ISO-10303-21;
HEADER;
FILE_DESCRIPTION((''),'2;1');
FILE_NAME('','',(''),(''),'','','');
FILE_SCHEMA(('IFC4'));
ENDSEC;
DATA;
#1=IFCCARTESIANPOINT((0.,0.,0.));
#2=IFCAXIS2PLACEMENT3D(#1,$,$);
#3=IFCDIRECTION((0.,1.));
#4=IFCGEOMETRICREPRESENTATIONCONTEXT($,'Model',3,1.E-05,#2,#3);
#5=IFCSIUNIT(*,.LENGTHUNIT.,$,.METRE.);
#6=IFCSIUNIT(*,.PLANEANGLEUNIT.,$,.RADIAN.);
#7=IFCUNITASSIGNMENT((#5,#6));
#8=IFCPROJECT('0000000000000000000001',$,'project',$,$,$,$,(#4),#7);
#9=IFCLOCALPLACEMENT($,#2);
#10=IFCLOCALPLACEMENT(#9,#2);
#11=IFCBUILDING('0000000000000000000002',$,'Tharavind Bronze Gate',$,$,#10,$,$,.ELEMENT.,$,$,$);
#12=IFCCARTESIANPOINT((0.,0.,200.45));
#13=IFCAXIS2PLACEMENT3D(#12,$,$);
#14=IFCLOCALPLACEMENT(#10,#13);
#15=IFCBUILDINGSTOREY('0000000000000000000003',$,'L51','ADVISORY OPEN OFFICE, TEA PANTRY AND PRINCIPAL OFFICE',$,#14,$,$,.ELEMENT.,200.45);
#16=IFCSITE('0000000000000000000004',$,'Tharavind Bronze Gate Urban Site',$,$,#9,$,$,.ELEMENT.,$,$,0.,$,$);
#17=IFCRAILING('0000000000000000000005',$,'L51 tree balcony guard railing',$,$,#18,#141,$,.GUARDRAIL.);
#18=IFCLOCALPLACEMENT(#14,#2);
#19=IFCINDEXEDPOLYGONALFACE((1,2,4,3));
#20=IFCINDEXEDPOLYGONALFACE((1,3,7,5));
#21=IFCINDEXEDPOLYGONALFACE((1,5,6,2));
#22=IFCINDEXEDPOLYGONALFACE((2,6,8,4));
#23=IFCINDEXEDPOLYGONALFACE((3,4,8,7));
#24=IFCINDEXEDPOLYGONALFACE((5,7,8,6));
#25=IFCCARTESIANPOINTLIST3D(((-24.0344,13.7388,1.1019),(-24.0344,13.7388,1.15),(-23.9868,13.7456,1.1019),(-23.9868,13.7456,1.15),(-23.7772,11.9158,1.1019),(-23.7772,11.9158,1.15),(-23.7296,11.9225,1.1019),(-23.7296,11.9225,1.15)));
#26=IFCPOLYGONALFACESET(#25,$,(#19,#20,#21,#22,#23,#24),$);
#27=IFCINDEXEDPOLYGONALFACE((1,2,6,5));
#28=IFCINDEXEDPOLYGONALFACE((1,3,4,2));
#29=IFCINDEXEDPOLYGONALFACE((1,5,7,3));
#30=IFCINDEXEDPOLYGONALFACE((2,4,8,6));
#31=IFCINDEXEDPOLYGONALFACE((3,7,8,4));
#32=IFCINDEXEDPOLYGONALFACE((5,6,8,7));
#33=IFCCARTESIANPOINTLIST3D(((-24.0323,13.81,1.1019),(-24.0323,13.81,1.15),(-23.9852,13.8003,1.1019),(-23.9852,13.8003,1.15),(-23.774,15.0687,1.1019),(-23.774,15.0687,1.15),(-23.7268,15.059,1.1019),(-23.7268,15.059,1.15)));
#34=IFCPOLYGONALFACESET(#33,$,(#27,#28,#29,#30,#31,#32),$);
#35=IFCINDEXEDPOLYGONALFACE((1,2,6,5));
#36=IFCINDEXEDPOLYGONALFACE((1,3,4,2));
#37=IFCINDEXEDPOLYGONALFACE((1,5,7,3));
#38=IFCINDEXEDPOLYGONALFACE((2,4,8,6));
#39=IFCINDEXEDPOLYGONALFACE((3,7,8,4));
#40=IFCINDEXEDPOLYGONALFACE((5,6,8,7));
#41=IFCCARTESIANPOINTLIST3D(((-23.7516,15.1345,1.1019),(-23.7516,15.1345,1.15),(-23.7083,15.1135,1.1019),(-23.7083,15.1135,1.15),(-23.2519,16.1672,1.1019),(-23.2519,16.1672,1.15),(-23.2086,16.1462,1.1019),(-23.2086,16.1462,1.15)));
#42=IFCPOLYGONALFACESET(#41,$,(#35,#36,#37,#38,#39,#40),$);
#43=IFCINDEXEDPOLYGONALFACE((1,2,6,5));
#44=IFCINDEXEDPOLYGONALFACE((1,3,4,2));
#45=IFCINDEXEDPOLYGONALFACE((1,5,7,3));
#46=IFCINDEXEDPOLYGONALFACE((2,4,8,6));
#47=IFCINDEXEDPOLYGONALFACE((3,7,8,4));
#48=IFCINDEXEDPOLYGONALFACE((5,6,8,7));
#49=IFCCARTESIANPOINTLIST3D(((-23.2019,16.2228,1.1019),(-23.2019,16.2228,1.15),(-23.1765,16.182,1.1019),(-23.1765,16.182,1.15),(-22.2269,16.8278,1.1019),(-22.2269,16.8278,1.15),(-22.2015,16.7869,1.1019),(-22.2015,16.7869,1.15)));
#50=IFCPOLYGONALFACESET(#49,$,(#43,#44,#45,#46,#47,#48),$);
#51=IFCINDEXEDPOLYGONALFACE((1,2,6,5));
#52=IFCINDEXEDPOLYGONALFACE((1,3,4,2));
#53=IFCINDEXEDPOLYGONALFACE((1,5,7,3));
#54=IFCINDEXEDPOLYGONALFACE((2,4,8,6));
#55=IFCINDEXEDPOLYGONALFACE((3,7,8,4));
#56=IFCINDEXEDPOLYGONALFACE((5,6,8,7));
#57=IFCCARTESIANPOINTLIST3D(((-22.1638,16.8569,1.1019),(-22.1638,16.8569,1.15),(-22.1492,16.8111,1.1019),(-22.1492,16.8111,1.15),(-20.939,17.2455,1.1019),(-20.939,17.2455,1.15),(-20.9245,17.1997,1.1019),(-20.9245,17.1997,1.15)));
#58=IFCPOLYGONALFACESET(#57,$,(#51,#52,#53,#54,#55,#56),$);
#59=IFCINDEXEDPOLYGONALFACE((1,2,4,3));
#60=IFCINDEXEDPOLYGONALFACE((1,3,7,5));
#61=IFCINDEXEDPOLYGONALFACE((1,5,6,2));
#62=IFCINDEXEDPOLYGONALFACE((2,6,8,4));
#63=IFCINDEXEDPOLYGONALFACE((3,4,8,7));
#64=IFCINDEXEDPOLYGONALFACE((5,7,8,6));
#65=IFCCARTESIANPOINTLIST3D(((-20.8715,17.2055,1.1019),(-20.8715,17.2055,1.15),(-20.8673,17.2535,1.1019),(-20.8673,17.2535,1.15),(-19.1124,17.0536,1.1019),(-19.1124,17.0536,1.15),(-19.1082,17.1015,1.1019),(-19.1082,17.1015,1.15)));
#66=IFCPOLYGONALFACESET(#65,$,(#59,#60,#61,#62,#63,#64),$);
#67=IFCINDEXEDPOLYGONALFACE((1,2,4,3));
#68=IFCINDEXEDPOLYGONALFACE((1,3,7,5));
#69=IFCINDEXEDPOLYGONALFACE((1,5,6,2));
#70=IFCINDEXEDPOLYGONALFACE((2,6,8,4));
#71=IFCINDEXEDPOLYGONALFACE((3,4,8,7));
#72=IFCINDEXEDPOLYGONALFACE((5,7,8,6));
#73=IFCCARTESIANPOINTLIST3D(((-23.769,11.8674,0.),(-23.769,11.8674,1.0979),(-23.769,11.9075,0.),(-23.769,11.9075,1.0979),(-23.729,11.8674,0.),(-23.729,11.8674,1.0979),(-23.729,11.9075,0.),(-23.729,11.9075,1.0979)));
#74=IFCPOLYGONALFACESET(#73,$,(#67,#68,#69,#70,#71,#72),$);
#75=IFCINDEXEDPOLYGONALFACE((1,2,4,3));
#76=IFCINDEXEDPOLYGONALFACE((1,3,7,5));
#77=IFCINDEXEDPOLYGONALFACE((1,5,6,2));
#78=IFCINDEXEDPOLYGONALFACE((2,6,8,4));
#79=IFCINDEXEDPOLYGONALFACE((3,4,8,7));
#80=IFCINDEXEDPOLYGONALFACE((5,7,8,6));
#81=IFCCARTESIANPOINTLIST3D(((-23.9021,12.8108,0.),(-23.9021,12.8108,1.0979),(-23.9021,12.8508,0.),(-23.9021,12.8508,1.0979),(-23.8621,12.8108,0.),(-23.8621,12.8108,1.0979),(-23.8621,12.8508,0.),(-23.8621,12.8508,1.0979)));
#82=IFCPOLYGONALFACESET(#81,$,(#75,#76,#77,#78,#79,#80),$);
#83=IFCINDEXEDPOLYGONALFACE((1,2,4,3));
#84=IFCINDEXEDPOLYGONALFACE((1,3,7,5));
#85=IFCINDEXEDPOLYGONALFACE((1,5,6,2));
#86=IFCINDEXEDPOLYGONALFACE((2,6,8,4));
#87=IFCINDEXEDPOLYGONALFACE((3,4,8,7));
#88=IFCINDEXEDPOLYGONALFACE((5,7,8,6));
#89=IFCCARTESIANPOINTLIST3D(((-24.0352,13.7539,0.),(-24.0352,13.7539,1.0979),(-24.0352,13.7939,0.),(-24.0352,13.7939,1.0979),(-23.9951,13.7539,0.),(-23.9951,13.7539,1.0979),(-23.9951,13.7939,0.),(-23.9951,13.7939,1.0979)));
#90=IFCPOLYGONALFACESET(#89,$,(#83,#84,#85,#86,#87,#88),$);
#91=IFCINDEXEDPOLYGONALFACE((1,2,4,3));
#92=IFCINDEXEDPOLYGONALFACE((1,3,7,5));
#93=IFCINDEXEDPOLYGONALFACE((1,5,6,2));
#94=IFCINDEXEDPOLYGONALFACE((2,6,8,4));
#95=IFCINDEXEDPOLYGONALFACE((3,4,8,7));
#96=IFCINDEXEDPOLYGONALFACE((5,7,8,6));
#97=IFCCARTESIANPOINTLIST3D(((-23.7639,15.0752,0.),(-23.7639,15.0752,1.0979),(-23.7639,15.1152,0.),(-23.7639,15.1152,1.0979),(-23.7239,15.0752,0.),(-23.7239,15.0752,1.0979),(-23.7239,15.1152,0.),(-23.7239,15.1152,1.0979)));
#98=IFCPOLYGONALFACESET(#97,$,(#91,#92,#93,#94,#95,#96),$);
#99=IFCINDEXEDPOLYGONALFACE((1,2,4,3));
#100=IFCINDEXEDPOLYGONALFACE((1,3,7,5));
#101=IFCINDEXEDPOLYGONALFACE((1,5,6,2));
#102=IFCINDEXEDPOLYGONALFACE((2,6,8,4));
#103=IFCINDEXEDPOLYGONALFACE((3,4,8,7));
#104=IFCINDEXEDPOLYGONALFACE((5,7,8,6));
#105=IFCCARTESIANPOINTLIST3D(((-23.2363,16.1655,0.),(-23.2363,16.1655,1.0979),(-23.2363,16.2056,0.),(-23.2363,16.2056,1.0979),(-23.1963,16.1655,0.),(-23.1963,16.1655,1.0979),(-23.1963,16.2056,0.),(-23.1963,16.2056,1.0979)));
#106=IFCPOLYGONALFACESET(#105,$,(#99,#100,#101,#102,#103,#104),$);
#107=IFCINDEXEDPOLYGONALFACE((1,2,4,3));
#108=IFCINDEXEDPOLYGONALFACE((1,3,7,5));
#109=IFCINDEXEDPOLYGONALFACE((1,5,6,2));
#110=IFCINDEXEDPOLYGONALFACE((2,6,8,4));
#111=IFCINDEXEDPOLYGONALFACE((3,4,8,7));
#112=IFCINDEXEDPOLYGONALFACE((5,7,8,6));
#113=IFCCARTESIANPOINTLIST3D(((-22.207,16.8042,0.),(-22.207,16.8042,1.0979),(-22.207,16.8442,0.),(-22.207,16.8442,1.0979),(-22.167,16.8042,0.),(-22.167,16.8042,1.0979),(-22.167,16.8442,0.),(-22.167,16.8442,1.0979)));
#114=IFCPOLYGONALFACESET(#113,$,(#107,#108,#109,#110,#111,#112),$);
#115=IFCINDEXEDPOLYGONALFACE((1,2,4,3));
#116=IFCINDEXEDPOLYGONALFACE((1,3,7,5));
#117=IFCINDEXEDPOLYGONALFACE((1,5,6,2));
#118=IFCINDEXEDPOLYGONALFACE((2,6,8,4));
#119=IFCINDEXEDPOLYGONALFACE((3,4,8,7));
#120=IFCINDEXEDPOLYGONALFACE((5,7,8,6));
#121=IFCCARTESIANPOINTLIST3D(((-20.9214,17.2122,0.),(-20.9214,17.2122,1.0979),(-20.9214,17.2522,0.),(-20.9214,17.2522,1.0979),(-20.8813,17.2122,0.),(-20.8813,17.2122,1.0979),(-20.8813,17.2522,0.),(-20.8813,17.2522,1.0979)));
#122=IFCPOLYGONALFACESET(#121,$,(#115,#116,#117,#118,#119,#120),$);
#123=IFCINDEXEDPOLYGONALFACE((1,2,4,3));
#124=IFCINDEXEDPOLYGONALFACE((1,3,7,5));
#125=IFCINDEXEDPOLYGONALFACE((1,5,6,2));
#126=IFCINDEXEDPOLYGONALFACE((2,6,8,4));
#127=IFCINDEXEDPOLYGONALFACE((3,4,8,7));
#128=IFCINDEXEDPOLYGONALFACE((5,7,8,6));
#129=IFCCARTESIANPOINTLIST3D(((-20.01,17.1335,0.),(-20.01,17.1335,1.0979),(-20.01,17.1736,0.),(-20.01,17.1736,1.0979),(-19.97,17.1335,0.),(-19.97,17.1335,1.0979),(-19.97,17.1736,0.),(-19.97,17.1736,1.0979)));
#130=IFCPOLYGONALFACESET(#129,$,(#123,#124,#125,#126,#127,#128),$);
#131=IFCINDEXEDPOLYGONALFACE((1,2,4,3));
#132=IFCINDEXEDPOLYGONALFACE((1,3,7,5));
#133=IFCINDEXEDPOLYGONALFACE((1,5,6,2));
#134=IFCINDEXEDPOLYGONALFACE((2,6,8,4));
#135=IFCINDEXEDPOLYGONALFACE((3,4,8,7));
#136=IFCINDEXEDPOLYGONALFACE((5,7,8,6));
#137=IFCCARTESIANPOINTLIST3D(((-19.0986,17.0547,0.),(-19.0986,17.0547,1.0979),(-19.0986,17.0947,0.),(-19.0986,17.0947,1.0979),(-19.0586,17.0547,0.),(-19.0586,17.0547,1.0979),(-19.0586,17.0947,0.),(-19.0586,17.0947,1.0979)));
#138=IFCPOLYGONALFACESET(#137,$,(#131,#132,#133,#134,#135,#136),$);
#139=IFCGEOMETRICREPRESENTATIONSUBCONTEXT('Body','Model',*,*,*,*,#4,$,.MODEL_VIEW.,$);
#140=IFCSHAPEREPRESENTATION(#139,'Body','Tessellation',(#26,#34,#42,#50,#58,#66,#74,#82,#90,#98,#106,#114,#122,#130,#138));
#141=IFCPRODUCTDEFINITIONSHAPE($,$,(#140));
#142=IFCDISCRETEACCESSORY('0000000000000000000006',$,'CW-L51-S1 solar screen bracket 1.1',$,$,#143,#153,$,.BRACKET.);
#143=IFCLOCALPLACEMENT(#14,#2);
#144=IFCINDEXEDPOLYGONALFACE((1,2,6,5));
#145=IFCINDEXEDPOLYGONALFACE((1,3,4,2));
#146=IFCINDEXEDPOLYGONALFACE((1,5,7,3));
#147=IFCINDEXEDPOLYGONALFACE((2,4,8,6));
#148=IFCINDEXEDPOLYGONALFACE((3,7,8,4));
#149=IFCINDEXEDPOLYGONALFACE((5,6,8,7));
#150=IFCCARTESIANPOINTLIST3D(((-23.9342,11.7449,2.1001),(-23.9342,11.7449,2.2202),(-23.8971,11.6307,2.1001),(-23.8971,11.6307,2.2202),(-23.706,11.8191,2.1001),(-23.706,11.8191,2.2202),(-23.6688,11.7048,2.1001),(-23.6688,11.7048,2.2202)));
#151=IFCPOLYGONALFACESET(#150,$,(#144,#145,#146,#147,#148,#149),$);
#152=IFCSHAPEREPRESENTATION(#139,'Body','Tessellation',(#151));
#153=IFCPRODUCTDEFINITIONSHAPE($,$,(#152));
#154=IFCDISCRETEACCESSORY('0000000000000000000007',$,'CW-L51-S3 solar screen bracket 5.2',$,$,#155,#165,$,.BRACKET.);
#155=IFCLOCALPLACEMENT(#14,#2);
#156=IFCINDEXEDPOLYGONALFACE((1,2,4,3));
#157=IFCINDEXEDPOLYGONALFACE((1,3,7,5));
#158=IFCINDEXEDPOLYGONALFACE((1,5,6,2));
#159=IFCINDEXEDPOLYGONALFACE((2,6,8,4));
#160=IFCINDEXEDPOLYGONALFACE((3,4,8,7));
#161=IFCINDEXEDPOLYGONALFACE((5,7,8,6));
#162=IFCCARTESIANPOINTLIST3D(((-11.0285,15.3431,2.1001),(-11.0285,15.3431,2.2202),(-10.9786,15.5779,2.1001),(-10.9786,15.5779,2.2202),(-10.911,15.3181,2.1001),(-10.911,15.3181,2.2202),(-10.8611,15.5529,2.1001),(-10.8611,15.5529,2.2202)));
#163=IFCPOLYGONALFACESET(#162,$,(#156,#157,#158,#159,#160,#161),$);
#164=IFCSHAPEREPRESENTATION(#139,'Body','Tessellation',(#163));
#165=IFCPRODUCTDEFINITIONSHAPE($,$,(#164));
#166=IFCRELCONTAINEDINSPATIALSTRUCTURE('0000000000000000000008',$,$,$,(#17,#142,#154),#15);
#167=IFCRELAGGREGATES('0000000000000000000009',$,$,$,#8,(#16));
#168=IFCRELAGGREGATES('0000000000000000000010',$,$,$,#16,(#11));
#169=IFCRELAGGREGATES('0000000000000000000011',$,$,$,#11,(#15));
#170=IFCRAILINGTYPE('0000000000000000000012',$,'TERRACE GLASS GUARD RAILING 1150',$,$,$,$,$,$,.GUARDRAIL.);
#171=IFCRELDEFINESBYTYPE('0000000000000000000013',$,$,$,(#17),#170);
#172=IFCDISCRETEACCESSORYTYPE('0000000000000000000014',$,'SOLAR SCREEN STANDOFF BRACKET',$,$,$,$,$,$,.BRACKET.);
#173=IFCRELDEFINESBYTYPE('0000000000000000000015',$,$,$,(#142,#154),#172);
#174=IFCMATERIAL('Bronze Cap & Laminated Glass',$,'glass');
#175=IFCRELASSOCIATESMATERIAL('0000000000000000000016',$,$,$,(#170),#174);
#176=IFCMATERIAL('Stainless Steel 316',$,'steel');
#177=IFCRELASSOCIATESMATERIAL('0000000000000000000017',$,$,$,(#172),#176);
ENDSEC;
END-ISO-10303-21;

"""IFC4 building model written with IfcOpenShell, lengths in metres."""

from ifc_helpers import new_model, si_unit, direction, frame, origin, origin_2d, place, context, subcontext, project, spatial, rectangle, extrude, material, type_object, element, save


model = new_model("IFC4")

# Units and contexts
model_context = context("Model", 3, precision=1e-05, world=origin(), true_north=direction((0.0, 1.0)))
body_context = subcontext(model_context, "Body", "Model", "MODEL_VIEW")
ifc_project = project(units=[si_unit("LENGTHUNIT", "METRE"), si_unit("PLANEANGLEUNIT", "RADIAN")], contexts=[model_context])

# Site, building, storey
site_placement = place(None, origin())
site = spatial("IfcSite", under=ifc_project, at=site_placement, Name="Tharavind Bronze Gate Urban Site", CompositionType="ELEMENT", RefElevation=0.0)
building_placement = place(site_placement, origin())
building = spatial("IfcBuilding", under=site, at=building_placement, Name="Tharavind Bronze Gate", CompositionType="ELEMENT")
storey_placement = place(building_placement, frame((0.0, 0.0, 200.45)))
storey = spatial("IfcBuildingStorey", under=building, at=storey_placement, Name="L51", Description="ADVISORY OPEN OFFICE, TEA PANTRY AND PRINCIPAL OFFICE", CompositionType="ELEMENT", Elevation=200.45)

# Railing
ifc_material_1 = material(Name="Bronze Cap & Laminated Glass", Category="glass")
railing_type = type_object("IfcRailingType", Name="TERRACE GLASS GUARD RAILING 1150", PredefinedType="GUARDRAIL", material=ifc_material_1)
railing_placement = place(storey_placement, frame((-23.749, 11.8875, 0.0)))
element("IfcRailing", 1, at=railing_placement, inside=storey, type_object=railing_type, Name="L51 tree balcony guard railing", PredefinedType="GUARDRAIL", context=body_context, shape_type="SweptSolid", body=[
    extrude(rectangle(XDim=0.0481, YDim=0.0481, at=origin_2d()), frame((-0.0044, 0.0317, 1.126), z_axis=(-0.139681, 0.990197, 0.0), x_axis=(-0.990197, -0.139681, 0.0)), (0.0, 0.0, 1.0), 1.8411),
    extrude(rectangle(XDim=0.0481, YDim=0.0481, at=origin_2d()), frame((-0.2598, 1.9177, 1.126), z_axis=(0.201091, 0.979573, 0.0), x_axis=(-0.979573, 0.201091, 0.0)), (0.0, 0.0, 1.0), 1.2849),
    extrude(rectangle(XDim=0.0481, YDim=0.0481, at=origin_2d()), frame((0.019, 3.2366, 1.126), z_axis=(0.435566, 0.900157, 0.0), x_axis=(-0.900157, 0.435566, 0.0)), (0.0, 0.0, 1.0), 1.1472),
    extrude(rectangle(XDim=0.0481, YDim=0.0481, at=origin_2d()), frame((0.5598, 4.3149, 1.126), z_axis=(0.849715, 0.527242, 0.0), x_axis=(-0.527242, 0.849715, 0.0)), (0.0, 0.0, 1.0), 1.1475),
    extrude(rectangle(XDim=0.0481, YDim=0.0481, at=origin_2d()), frame((1.5925, 4.9465, 1.126), z_axis=(0.953163, 0.302456, 0.0), x_axis=(-0.302456, 0.953163, 0.0)), (0.0, 0.0, 1.0), 1.2849),
    extrude(rectangle(XDim=0.0481, YDim=0.0481, at=origin_2d()), frame((2.8796, 5.342, 1.126), z_axis=(0.996289, -0.086071, 0.0), x_axis=(0.086071, 0.996289, 0.0)), (0.0, 0.0, 1.0), 1.7656),
    extrude(rectangle(XDim=0.04, YDim=0.04, at=origin_2d()), origin(), (0.0, 0.0, 1.0), 1.0979),
    extrude(rectangle(XDim=0.04, YDim=0.04, at=origin_2d()), frame((-0.1331, 0.9434, 0.0)), (0.0, 0.0, 1.0), 1.0979),
    extrude(rectangle(XDim=0.04, YDim=0.04, at=origin_2d()), frame((-0.2661, 1.8865, 0.0)), (0.0, 0.0, 1.0), 1.0979),
    extrude(rectangle(XDim=0.04, YDim=0.04, at=origin_2d()), frame((0.0051, 3.2078, 0.0)), (0.0, 0.0, 1.0), 1.0979),
    extrude(rectangle(XDim=0.04, YDim=0.04, at=origin_2d()), frame((0.5327, 4.2981, 0.0)), (0.0, 0.0, 1.0), 1.0979),
    extrude(rectangle(XDim=0.04, YDim=0.04, at=origin_2d()), frame((1.562, 4.9368, 0.0)), (0.0, 0.0, 1.0), 1.0979),
    extrude(rectangle(XDim=0.04, YDim=0.04, at=origin_2d()), frame((2.8477, 5.3447, 0.0)), (0.0, 0.0, 1.0), 1.0979),
    extrude(rectangle(XDim=0.04, YDim=0.04, at=origin_2d()), frame((3.759, 5.2661, 0.0)), (0.0, 0.0, 1.0), 1.0979),
    extrude(rectangle(XDim=0.04, YDim=0.04, at=origin_2d()), frame((4.6704, 5.1873, 0.0)), (0.0, 0.0, 1.0), 1.0979),
])

# Discrete accessories
ifc_material_2 = material(Name="Stainless Steel 316", Category="steel")
discrete_accessory_type = type_object("IfcDiscreteAccessoryType", Name="SOLAR SCREEN STANDOFF BRACKET", PredefinedType="BRACKET", material=ifc_material_2)
for number, where, z_axis, x_axis, name in (
    (2, (-23.8015, 11.7249, 2.1001), (0.0, 0.0, 1.0), (0.309017, -0.951057, 0.0), "CW-L51-S1 solar screen bracket 1.1"),
    (3, (-10.9448, 15.448, 2.1001), (0.0, 0.0, 1.0), (-0.978148, 0.207912, 0.0), "CW-L51-S3 solar screen bracket 5.2"),
):
    element("IfcDiscreteAccessory", number, at=place(storey_placement, frame(where, z_axis=z_axis, x_axis=x_axis)), inside=storey, type_object=discrete_accessory_type, Name=name, PredefinedType="BRACKET", context=body_context, shape_type="SweptSolid", body=[
        extrude(rectangle(XDim=0.1201, YDim=0.24, at=origin_2d()), origin(), (0.0, 0.0, 1.0), 0.1201),
    ])

save(model, "model.ifc")
